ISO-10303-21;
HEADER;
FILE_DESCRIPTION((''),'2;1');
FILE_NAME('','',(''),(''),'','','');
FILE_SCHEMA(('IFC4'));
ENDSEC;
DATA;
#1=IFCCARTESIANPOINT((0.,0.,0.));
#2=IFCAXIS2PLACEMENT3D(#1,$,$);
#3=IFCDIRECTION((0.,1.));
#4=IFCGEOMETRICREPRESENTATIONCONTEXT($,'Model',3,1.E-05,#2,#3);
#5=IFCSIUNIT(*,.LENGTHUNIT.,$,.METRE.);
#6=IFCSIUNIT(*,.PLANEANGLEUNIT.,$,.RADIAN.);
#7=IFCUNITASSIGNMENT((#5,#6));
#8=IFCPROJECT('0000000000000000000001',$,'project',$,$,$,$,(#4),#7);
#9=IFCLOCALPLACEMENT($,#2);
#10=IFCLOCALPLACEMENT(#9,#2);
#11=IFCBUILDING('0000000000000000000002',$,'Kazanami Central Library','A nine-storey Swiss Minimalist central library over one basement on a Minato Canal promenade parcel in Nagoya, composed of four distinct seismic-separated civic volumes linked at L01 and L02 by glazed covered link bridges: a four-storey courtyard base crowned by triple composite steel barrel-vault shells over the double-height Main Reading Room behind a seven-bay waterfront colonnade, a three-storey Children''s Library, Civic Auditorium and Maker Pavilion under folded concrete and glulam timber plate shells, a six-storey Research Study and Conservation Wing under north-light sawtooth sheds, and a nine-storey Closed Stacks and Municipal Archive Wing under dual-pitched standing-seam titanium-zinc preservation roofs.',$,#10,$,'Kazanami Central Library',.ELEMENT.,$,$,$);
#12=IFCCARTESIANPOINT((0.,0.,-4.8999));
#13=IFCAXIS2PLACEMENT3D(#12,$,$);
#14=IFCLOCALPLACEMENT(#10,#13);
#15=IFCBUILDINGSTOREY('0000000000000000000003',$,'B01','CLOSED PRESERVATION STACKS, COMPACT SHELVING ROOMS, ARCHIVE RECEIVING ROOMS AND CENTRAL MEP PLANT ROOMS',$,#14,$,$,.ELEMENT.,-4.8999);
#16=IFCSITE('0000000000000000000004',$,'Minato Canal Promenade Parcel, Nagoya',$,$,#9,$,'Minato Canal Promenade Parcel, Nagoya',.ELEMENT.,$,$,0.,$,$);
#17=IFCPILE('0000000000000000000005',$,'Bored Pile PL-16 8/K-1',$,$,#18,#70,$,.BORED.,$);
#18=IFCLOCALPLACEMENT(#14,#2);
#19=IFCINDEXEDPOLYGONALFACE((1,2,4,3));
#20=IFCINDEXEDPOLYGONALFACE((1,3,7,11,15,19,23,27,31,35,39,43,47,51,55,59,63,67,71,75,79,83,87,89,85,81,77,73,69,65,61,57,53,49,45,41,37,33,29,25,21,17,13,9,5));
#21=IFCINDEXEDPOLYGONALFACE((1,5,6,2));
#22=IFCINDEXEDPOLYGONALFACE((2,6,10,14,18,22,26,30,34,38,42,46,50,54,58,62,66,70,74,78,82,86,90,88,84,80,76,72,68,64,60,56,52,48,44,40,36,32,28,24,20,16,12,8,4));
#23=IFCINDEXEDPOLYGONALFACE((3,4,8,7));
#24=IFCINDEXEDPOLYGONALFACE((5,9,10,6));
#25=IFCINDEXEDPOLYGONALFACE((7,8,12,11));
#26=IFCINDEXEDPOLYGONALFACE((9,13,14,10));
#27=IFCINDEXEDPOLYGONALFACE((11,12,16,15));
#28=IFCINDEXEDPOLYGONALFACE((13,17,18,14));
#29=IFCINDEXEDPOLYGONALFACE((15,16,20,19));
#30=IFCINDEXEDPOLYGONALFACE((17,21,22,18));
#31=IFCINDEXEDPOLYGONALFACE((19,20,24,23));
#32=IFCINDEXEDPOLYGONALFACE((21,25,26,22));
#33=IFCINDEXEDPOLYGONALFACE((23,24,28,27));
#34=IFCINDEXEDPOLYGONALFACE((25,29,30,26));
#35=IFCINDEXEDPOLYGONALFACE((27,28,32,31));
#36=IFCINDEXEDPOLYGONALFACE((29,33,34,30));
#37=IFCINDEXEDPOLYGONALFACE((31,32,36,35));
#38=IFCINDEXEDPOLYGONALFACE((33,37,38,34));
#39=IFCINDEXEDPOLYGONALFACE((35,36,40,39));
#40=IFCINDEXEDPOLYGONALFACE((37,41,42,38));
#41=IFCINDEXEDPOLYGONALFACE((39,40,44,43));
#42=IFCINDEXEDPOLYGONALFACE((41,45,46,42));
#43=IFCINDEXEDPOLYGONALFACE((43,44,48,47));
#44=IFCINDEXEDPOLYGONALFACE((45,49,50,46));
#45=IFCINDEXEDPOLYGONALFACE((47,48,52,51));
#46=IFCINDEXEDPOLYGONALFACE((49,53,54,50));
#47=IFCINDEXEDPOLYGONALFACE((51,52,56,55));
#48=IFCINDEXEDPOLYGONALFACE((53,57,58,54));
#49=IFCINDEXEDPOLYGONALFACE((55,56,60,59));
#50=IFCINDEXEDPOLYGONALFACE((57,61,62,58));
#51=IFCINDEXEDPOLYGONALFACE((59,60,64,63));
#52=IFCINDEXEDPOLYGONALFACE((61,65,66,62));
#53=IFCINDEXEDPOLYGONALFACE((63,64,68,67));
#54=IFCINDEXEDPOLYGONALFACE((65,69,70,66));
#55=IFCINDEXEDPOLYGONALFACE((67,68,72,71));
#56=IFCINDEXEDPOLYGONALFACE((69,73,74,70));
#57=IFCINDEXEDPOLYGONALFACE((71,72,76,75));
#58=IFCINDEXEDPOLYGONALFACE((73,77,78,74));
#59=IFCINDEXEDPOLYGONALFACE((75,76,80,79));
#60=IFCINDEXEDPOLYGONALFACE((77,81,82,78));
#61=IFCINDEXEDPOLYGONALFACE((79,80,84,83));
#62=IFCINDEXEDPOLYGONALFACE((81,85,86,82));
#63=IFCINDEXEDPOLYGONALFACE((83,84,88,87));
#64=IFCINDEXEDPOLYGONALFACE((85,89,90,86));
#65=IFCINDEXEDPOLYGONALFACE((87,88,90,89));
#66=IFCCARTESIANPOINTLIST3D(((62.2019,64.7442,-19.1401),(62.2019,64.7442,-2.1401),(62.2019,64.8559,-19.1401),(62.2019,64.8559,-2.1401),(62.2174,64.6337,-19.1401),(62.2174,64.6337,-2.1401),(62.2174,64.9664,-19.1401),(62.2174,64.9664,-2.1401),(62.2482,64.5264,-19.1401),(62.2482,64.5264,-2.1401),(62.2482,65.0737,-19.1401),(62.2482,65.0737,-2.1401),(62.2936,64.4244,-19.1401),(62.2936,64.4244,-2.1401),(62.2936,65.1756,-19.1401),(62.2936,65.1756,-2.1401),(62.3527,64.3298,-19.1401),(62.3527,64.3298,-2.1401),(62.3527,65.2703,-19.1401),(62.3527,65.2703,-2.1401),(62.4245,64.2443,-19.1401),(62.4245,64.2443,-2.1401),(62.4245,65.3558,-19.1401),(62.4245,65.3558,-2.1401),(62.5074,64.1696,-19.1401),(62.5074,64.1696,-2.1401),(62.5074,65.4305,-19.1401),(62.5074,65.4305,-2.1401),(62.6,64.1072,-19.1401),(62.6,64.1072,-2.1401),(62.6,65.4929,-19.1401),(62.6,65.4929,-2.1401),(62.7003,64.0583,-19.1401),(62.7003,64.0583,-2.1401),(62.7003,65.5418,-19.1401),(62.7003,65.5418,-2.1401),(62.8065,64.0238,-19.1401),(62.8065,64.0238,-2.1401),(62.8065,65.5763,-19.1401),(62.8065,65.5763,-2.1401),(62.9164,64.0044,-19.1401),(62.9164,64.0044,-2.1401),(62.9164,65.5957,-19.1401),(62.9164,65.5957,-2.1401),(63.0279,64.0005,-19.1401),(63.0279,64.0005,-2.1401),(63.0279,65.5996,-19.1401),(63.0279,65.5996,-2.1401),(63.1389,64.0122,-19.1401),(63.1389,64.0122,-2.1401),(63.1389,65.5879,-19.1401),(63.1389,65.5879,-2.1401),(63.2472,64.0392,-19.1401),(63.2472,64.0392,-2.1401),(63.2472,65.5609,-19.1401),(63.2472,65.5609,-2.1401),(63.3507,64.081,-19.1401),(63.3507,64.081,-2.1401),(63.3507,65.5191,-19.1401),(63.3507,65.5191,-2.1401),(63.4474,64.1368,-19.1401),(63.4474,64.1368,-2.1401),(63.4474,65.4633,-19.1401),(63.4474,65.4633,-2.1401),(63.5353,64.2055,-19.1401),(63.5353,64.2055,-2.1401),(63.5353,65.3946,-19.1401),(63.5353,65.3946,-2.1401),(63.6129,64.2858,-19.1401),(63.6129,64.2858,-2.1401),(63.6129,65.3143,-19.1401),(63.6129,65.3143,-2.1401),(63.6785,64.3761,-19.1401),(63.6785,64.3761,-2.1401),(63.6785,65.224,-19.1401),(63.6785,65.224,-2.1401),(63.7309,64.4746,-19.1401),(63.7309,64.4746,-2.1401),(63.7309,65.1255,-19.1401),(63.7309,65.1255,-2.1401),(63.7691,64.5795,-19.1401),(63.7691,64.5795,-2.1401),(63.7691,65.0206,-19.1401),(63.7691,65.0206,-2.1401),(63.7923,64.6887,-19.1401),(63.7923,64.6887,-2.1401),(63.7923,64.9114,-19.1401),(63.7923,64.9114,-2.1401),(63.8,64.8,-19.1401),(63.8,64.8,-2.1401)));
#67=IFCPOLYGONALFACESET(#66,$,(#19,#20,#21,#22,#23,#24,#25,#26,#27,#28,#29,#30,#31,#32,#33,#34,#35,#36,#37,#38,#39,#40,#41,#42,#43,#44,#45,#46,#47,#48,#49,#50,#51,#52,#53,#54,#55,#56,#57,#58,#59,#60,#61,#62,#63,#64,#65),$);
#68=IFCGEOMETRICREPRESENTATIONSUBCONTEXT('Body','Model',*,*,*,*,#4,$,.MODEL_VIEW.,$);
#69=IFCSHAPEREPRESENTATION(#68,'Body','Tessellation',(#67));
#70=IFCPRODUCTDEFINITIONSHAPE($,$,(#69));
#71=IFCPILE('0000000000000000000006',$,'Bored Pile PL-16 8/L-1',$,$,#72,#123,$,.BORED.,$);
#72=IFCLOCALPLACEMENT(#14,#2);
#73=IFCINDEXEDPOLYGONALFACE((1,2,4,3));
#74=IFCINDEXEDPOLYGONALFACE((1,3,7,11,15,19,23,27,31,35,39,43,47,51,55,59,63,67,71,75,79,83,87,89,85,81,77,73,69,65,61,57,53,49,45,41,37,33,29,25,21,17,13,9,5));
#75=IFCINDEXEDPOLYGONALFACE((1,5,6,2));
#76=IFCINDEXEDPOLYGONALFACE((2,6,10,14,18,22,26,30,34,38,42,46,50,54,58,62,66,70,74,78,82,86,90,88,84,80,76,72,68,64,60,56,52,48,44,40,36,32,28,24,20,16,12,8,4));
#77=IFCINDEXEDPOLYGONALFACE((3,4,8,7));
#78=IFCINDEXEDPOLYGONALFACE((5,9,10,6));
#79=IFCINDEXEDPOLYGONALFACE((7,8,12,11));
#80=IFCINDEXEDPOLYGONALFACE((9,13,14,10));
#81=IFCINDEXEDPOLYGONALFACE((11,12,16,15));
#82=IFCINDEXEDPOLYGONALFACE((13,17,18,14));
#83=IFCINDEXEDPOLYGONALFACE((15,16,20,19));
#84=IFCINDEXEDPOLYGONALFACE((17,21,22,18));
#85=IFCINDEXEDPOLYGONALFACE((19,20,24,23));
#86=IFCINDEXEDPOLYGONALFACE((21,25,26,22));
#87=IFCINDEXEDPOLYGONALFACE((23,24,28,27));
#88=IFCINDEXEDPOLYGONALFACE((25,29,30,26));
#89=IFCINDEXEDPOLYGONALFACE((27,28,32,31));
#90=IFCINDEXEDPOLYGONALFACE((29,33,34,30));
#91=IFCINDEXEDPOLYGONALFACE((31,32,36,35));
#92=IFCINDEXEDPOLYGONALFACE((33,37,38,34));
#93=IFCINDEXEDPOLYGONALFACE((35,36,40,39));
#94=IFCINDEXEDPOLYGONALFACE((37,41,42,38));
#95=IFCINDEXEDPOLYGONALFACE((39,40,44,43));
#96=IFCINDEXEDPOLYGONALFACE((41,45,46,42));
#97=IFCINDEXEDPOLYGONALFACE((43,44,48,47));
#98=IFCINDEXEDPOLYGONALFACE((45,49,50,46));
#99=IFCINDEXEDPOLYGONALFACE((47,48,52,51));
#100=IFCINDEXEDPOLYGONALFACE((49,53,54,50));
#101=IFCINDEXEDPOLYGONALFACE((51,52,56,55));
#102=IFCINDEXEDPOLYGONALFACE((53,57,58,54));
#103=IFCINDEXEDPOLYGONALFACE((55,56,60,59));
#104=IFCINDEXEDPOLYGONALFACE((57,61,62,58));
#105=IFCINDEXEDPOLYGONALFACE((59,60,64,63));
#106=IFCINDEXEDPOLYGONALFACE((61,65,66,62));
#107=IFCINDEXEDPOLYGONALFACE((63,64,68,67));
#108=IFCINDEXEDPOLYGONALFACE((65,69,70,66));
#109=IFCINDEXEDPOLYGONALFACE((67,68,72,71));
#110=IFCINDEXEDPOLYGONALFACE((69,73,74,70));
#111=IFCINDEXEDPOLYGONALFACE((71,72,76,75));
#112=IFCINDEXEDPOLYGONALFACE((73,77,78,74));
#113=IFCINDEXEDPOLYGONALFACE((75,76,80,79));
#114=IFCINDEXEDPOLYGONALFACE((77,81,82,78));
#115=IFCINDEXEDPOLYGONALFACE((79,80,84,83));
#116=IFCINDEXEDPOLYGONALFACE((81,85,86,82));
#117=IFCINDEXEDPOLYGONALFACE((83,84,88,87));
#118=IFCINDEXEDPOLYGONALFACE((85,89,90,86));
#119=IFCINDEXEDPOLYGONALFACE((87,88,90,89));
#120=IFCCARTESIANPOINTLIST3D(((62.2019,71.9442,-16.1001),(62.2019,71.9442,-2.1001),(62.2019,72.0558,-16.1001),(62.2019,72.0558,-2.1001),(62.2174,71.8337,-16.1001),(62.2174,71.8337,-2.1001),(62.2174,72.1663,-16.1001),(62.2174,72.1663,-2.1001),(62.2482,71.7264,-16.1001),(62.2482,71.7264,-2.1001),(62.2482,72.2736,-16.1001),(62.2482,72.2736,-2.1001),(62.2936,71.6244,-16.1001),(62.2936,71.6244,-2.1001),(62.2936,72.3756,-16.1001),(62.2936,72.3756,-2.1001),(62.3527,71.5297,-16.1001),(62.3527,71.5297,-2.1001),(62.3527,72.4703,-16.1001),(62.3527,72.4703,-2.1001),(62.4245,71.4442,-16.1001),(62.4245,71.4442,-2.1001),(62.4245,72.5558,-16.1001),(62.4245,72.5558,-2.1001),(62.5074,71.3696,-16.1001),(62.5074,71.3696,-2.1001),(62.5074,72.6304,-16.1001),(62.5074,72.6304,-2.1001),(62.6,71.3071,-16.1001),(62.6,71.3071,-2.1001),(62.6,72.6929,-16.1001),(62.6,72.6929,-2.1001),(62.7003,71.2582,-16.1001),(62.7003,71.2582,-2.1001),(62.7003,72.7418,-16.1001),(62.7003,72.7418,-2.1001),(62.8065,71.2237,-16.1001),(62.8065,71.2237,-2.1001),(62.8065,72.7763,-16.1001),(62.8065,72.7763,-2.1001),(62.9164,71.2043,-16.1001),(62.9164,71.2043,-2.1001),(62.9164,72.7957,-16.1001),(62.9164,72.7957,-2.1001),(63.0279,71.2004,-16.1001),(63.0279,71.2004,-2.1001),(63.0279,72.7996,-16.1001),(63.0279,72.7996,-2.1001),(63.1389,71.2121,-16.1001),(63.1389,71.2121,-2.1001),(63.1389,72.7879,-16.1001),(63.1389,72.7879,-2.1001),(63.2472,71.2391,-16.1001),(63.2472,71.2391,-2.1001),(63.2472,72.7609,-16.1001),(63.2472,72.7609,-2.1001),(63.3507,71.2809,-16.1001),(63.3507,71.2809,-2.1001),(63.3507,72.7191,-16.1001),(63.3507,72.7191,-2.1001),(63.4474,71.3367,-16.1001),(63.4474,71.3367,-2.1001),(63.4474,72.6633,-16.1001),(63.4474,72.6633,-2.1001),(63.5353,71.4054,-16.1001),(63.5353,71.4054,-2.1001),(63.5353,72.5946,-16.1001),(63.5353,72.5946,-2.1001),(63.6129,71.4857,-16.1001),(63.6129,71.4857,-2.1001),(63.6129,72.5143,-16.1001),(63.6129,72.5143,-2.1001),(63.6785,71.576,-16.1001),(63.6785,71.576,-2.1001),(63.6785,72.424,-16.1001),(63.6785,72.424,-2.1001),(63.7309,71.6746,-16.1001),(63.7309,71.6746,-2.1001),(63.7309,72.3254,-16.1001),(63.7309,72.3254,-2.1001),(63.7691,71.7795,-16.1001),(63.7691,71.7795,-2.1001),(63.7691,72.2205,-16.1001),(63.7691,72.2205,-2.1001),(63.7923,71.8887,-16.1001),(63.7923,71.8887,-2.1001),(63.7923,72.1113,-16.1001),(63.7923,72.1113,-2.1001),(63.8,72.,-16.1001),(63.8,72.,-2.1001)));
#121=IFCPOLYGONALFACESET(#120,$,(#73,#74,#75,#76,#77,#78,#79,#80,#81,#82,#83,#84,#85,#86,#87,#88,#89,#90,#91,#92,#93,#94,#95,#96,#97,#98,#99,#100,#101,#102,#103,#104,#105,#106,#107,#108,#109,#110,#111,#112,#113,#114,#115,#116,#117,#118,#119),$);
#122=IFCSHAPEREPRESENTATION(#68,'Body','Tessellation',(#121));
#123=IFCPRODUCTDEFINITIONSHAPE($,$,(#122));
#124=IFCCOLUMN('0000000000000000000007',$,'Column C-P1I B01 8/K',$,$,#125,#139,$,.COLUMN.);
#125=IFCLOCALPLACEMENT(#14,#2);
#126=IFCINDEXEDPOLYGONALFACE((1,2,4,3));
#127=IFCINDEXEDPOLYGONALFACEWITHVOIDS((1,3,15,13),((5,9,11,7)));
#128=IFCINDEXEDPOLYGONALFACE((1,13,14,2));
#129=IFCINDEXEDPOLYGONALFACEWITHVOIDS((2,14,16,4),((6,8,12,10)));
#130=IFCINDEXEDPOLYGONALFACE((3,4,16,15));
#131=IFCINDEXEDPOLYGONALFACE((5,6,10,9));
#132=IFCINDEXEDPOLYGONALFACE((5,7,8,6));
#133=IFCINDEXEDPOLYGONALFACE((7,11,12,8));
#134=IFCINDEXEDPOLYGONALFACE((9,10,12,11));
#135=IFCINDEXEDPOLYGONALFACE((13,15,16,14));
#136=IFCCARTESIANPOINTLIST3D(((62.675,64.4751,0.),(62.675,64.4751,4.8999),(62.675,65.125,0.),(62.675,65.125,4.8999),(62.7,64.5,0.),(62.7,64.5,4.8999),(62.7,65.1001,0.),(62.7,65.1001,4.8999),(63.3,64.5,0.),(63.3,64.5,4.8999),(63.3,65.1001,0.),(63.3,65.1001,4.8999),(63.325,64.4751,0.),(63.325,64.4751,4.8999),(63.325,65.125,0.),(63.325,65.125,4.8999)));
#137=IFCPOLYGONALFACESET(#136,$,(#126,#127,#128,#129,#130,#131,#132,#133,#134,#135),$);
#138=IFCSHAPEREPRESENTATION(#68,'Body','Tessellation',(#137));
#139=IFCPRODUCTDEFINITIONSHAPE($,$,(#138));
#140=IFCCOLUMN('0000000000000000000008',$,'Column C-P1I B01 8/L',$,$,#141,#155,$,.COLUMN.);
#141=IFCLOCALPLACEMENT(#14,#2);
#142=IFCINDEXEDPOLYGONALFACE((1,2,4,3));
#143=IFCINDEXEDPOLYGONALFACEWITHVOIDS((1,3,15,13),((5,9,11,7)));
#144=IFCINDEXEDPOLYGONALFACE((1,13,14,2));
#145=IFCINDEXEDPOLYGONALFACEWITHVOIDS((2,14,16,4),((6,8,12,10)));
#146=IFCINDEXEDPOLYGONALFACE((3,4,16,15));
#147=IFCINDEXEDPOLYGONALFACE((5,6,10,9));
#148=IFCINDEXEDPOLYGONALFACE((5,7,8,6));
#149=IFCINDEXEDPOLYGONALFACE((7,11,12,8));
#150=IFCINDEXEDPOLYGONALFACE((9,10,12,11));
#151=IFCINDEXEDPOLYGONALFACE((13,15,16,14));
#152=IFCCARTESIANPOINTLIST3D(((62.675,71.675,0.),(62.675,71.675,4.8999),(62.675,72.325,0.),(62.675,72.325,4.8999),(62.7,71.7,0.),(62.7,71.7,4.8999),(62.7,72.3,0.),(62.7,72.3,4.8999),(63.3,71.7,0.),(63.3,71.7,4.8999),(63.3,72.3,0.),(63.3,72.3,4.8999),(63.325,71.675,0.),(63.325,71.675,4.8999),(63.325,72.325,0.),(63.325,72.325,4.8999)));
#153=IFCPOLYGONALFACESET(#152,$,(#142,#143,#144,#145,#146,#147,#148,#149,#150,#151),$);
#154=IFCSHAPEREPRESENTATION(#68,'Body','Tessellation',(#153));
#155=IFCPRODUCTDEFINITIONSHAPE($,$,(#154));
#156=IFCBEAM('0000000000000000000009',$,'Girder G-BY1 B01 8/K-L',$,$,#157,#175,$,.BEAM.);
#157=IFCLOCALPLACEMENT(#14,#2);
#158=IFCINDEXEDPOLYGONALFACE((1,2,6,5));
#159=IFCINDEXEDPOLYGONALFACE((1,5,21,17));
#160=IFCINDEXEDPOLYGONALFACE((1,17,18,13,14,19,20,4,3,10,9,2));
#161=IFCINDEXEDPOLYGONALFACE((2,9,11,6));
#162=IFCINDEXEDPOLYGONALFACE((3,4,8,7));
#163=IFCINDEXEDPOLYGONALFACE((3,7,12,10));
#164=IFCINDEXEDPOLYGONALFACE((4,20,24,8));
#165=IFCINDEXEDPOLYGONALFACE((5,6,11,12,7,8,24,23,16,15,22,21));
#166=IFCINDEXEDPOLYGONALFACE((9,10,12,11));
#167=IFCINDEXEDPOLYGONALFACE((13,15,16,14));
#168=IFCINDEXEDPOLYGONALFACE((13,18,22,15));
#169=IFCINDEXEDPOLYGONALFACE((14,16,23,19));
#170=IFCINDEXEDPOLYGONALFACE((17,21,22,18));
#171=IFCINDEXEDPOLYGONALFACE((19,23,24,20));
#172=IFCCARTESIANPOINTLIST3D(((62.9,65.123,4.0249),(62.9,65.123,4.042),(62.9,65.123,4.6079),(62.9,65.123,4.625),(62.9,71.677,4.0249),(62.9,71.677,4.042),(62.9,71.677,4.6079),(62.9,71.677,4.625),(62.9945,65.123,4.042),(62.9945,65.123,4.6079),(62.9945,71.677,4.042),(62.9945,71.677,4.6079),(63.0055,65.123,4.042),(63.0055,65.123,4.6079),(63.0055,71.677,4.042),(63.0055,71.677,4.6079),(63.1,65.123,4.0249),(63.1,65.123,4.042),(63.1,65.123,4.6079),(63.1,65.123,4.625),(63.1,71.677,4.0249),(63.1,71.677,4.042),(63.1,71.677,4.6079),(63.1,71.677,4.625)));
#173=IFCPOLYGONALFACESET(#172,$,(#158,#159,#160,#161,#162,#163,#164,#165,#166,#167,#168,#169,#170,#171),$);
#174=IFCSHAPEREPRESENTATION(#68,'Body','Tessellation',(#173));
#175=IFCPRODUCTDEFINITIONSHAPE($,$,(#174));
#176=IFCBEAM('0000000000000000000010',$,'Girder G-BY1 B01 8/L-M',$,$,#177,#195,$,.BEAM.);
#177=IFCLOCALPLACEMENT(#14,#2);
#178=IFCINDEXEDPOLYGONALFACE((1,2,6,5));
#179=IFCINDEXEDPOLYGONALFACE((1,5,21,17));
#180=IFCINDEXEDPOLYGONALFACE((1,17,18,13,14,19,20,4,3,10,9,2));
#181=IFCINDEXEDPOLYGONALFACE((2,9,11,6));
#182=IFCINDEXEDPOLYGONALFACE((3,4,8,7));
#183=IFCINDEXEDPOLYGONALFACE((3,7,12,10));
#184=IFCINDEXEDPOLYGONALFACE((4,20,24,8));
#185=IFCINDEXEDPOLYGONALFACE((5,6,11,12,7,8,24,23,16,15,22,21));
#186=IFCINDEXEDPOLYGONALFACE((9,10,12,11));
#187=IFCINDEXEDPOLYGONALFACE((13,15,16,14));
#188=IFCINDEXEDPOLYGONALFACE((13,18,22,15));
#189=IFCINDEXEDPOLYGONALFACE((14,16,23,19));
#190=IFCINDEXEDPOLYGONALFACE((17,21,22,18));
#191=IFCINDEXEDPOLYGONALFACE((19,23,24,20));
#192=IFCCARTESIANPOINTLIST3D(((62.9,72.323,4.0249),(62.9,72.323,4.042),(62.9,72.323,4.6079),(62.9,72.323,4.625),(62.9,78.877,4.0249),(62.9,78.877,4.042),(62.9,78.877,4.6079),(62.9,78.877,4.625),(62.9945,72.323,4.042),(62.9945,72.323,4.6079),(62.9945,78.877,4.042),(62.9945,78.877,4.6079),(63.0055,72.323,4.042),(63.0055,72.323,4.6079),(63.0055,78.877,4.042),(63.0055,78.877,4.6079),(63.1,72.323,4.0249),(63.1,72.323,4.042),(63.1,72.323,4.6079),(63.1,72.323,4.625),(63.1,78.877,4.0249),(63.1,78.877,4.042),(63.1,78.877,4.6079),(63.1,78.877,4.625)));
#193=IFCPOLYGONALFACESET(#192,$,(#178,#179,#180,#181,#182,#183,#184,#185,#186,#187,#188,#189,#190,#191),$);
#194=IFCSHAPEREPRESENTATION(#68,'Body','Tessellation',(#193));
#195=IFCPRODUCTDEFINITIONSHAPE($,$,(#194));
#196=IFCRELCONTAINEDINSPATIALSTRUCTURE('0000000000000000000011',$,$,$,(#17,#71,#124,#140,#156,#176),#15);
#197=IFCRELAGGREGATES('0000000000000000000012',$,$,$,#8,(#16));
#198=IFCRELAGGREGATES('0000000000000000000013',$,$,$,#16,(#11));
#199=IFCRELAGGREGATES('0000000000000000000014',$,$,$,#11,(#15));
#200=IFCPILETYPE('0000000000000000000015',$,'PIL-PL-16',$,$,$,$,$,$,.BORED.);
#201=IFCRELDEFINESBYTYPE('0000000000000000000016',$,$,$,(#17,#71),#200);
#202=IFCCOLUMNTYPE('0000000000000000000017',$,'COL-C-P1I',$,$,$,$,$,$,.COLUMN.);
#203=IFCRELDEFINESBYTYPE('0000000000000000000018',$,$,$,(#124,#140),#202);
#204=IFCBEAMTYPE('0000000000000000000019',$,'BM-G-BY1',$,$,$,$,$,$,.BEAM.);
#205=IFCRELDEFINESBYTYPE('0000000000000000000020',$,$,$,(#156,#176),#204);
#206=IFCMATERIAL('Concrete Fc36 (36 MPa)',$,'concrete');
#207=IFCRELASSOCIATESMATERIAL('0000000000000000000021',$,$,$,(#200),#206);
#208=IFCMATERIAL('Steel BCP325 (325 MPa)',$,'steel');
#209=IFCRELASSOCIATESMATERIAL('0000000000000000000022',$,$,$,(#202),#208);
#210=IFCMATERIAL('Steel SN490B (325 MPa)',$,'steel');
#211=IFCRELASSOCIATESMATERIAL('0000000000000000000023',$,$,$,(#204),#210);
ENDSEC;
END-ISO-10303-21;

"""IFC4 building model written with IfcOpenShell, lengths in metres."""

from ifc_helpers import new_model, si_unit, direction, frame, origin, origin_2d, place, context, subcontext, project, spatial, hollow_rectangle, circle, i_section, extrude, material, material_profile, profile_set, type_object, element, save


model = new_model("IFC4")

# Units and contexts
model_context = context("Model", 3, precision=1e-05, world=origin(), true_north=direction((0.0, 1.0)))
body_context = subcontext(model_context, "Body", "Model", "MODEL_VIEW")
ifc_project = project(units=[si_unit("LENGTHUNIT", "METRE"), si_unit("PLANEANGLEUNIT", "RADIAN")], contexts=[model_context])

# Site, building, storey
site_placement = place(None, origin())
site = spatial("IfcSite", under=ifc_project, at=site_placement, Name="Minato Canal Promenade Parcel, Nagoya", LongName="Minato Canal Promenade Parcel, Nagoya", CompositionType="ELEMENT", RefElevation=0.0)
building_placement = place(site_placement, origin())
building = spatial("IfcBuilding", under=site, at=building_placement, Name="Kazanami Central Library", Description="A nine-storey Swiss Minimalist central library over one basement on a Minato Canal promenade parcel in Nagoya, composed of four distinct seismic-separated civic volumes linked at L01 and L02 by glazed covered link bridges: a four-storey courtyard base crowned by triple composite steel barrel-vault shells over the double-height Main Reading Room behind a seven-bay waterfront colonnade, a three-storey Children's Library, Civic Auditorium and Maker Pavilion under folded concrete and glulam timber plate shells, a six-storey Research Study and Conservation Wing under north-light sawtooth sheds, and a nine-storey Closed Stacks and Municipal Archive Wing under dual-pitched standing-seam titanium-zinc preservation roofs.", LongName="Kazanami Central Library", CompositionType="ELEMENT")
storey_placement = place(building_placement, frame((0.0, 0.0, -4.8999)))
storey = spatial("IfcBuildingStorey", under=building, at=storey_placement, Name="B01", Description="CLOSED PRESERVATION STACKS, COMPACT SHELVING ROOMS, ARCHIVE RECEIVING ROOMS AND CENTRAL MEP PLANT ROOMS", CompositionType="ELEMENT", Elevation=-4.8999)

# Shared definitions
ifc_material_1 = material(Name="Concrete Fc36 (36 MPa)", Category="concrete")

# Piles
ifc_material_profile_1 = material_profile(ifc_material_1, circle(Radius=0.8, at=origin_2d()), Name="BORED-D1600")
ifc_profile_set_1 = profile_set([ifc_material_profile_1], Name="Concrete Fc36 (36 MPa)")
pile_type_1 = type_object("IfcPileType", Name="PIL-PL-16", PredefinedType="BORED", material=ifc_profile_set_1)
pile_1_placement = place(storey_placement, frame((63.0, 64.8, -2.1401), z_axis=(0.0, 0.0, -1.0), x_axis=(1.0, 0.0, 0.0)))
element("IfcPile", 1, at=pile_1_placement, inside=storey, type_object=pile_type_1, Name="Bored Pile PL-16 8/K-1", PredefinedType="BORED", context=body_context, shape_type="SweptSolid", body=[
    extrude(circle(Radius=0.8, at=origin_2d()), origin(), (0.0, 0.0, 1.0), 17.0),
])
pile_2_placement = place(storey_placement, frame((63.0, 72.0, -2.1001), z_axis=(0.0, 0.0, -1.0), x_axis=(1.0, 0.0, 0.0)))
element("IfcPile", 2, at=pile_2_placement, inside=storey, type_object=pile_type_1, Name="Bored Pile PL-16 8/L-1", PredefinedType="BORED", context=body_context, shape_type="SweptSolid", body=[
    extrude(circle(Radius=0.8, at=origin_2d()), origin(), (0.0, 0.0, 1.0), 14.0),
])

# Columns
ifc_material_2 = material(Name="Steel BCP325 (325 MPa)", Category="steel")
ifc_material_profile_2 = material_profile(ifc_material_2, hollow_rectangle(XDim=0.6499, YDim=0.6499, WallThickness=0.0249, at=origin_2d()), Name="BCP-650x650x25")
ifc_profile_set_2 = profile_set([ifc_material_profile_2], Name="Steel BCP325 (325 MPa)")
column_type = type_object("IfcColumnType", Name="COL-C-P1I", PredefinedType="COLUMN", material=ifc_profile_set_2)
for number, where, z_axis, x_axis, name in (
    (3, (63.0, 64.8, 0.0), (0.0, 0.0, 1.0), (1.0, 0.0, 0.0), "Column C-P1I B01 8/K"),
    (4, (63.0, 72.0, 0.0), (0.0, 0.0, 1.0), (1.0, 0.0, 0.0), "Column C-P1I B01 8/L"),
):
    element("IfcColumn", number, at=place(storey_placement, frame(where, z_axis=z_axis, x_axis=x_axis)), inside=storey, type_object=column_type, Name=name, PredefinedType="COLUMN", context=body_context, shape_type="SweptSolid", body=[
        extrude(hollow_rectangle(XDim=0.6499, YDim=0.6499, WallThickness=0.0249, at=origin_2d()), origin(), (0.0, 0.0, 1.0), 4.8999),
    ])

# Beams
ifc_material_3 = material(Name="Steel SN490B (325 MPa)", Category="steel")
ifc_material_profile_3 = material_profile(ifc_material_3, i_section(OverallWidth=0.2, OverallDepth=0.6001, WebThickness=0.011, FlangeThickness=0.0171, at=origin_2d()), Name="H-600x200x11x17")
ifc_profile_set_3 = profile_set([ifc_material_profile_3], Name="Steel SN490B (325 MPa)")
beam_type_1 = type_object("IfcBeamType", Name="BM-G-BY1", PredefinedType="BEAM", material=ifc_profile_set_3)
for number, where, z_axis, x_axis, name in (
    (5, (63.0, 65.123, 4.325), (0.0, 1.0, 0.0), (-1.0, 0.0, 0.0), "Girder G-BY1 B01 8/K-L"),
    (6, (63.0, 72.323, 4.325), (0.0, 1.0, 0.0), (-1.0, 0.0, 0.0), "Girder G-BY1 B01 8/L-M"),
):
    element("IfcBeam", number, at=place(storey_placement, frame(where, z_axis=z_axis, x_axis=x_axis)), inside=storey, type_object=beam_type_1, Name=name, PredefinedType="BEAM", context=body_context, shape_type="SweptSolid", body=[
        extrude(i_section(OverallWidth=0.2, OverallDepth=0.6001, WebThickness=0.011, FlangeThickness=0.0171, at=origin_2d()), origin(), (0.0, 0.0, 1.0), 6.554),
    ])

save(model, "model.ifc")
